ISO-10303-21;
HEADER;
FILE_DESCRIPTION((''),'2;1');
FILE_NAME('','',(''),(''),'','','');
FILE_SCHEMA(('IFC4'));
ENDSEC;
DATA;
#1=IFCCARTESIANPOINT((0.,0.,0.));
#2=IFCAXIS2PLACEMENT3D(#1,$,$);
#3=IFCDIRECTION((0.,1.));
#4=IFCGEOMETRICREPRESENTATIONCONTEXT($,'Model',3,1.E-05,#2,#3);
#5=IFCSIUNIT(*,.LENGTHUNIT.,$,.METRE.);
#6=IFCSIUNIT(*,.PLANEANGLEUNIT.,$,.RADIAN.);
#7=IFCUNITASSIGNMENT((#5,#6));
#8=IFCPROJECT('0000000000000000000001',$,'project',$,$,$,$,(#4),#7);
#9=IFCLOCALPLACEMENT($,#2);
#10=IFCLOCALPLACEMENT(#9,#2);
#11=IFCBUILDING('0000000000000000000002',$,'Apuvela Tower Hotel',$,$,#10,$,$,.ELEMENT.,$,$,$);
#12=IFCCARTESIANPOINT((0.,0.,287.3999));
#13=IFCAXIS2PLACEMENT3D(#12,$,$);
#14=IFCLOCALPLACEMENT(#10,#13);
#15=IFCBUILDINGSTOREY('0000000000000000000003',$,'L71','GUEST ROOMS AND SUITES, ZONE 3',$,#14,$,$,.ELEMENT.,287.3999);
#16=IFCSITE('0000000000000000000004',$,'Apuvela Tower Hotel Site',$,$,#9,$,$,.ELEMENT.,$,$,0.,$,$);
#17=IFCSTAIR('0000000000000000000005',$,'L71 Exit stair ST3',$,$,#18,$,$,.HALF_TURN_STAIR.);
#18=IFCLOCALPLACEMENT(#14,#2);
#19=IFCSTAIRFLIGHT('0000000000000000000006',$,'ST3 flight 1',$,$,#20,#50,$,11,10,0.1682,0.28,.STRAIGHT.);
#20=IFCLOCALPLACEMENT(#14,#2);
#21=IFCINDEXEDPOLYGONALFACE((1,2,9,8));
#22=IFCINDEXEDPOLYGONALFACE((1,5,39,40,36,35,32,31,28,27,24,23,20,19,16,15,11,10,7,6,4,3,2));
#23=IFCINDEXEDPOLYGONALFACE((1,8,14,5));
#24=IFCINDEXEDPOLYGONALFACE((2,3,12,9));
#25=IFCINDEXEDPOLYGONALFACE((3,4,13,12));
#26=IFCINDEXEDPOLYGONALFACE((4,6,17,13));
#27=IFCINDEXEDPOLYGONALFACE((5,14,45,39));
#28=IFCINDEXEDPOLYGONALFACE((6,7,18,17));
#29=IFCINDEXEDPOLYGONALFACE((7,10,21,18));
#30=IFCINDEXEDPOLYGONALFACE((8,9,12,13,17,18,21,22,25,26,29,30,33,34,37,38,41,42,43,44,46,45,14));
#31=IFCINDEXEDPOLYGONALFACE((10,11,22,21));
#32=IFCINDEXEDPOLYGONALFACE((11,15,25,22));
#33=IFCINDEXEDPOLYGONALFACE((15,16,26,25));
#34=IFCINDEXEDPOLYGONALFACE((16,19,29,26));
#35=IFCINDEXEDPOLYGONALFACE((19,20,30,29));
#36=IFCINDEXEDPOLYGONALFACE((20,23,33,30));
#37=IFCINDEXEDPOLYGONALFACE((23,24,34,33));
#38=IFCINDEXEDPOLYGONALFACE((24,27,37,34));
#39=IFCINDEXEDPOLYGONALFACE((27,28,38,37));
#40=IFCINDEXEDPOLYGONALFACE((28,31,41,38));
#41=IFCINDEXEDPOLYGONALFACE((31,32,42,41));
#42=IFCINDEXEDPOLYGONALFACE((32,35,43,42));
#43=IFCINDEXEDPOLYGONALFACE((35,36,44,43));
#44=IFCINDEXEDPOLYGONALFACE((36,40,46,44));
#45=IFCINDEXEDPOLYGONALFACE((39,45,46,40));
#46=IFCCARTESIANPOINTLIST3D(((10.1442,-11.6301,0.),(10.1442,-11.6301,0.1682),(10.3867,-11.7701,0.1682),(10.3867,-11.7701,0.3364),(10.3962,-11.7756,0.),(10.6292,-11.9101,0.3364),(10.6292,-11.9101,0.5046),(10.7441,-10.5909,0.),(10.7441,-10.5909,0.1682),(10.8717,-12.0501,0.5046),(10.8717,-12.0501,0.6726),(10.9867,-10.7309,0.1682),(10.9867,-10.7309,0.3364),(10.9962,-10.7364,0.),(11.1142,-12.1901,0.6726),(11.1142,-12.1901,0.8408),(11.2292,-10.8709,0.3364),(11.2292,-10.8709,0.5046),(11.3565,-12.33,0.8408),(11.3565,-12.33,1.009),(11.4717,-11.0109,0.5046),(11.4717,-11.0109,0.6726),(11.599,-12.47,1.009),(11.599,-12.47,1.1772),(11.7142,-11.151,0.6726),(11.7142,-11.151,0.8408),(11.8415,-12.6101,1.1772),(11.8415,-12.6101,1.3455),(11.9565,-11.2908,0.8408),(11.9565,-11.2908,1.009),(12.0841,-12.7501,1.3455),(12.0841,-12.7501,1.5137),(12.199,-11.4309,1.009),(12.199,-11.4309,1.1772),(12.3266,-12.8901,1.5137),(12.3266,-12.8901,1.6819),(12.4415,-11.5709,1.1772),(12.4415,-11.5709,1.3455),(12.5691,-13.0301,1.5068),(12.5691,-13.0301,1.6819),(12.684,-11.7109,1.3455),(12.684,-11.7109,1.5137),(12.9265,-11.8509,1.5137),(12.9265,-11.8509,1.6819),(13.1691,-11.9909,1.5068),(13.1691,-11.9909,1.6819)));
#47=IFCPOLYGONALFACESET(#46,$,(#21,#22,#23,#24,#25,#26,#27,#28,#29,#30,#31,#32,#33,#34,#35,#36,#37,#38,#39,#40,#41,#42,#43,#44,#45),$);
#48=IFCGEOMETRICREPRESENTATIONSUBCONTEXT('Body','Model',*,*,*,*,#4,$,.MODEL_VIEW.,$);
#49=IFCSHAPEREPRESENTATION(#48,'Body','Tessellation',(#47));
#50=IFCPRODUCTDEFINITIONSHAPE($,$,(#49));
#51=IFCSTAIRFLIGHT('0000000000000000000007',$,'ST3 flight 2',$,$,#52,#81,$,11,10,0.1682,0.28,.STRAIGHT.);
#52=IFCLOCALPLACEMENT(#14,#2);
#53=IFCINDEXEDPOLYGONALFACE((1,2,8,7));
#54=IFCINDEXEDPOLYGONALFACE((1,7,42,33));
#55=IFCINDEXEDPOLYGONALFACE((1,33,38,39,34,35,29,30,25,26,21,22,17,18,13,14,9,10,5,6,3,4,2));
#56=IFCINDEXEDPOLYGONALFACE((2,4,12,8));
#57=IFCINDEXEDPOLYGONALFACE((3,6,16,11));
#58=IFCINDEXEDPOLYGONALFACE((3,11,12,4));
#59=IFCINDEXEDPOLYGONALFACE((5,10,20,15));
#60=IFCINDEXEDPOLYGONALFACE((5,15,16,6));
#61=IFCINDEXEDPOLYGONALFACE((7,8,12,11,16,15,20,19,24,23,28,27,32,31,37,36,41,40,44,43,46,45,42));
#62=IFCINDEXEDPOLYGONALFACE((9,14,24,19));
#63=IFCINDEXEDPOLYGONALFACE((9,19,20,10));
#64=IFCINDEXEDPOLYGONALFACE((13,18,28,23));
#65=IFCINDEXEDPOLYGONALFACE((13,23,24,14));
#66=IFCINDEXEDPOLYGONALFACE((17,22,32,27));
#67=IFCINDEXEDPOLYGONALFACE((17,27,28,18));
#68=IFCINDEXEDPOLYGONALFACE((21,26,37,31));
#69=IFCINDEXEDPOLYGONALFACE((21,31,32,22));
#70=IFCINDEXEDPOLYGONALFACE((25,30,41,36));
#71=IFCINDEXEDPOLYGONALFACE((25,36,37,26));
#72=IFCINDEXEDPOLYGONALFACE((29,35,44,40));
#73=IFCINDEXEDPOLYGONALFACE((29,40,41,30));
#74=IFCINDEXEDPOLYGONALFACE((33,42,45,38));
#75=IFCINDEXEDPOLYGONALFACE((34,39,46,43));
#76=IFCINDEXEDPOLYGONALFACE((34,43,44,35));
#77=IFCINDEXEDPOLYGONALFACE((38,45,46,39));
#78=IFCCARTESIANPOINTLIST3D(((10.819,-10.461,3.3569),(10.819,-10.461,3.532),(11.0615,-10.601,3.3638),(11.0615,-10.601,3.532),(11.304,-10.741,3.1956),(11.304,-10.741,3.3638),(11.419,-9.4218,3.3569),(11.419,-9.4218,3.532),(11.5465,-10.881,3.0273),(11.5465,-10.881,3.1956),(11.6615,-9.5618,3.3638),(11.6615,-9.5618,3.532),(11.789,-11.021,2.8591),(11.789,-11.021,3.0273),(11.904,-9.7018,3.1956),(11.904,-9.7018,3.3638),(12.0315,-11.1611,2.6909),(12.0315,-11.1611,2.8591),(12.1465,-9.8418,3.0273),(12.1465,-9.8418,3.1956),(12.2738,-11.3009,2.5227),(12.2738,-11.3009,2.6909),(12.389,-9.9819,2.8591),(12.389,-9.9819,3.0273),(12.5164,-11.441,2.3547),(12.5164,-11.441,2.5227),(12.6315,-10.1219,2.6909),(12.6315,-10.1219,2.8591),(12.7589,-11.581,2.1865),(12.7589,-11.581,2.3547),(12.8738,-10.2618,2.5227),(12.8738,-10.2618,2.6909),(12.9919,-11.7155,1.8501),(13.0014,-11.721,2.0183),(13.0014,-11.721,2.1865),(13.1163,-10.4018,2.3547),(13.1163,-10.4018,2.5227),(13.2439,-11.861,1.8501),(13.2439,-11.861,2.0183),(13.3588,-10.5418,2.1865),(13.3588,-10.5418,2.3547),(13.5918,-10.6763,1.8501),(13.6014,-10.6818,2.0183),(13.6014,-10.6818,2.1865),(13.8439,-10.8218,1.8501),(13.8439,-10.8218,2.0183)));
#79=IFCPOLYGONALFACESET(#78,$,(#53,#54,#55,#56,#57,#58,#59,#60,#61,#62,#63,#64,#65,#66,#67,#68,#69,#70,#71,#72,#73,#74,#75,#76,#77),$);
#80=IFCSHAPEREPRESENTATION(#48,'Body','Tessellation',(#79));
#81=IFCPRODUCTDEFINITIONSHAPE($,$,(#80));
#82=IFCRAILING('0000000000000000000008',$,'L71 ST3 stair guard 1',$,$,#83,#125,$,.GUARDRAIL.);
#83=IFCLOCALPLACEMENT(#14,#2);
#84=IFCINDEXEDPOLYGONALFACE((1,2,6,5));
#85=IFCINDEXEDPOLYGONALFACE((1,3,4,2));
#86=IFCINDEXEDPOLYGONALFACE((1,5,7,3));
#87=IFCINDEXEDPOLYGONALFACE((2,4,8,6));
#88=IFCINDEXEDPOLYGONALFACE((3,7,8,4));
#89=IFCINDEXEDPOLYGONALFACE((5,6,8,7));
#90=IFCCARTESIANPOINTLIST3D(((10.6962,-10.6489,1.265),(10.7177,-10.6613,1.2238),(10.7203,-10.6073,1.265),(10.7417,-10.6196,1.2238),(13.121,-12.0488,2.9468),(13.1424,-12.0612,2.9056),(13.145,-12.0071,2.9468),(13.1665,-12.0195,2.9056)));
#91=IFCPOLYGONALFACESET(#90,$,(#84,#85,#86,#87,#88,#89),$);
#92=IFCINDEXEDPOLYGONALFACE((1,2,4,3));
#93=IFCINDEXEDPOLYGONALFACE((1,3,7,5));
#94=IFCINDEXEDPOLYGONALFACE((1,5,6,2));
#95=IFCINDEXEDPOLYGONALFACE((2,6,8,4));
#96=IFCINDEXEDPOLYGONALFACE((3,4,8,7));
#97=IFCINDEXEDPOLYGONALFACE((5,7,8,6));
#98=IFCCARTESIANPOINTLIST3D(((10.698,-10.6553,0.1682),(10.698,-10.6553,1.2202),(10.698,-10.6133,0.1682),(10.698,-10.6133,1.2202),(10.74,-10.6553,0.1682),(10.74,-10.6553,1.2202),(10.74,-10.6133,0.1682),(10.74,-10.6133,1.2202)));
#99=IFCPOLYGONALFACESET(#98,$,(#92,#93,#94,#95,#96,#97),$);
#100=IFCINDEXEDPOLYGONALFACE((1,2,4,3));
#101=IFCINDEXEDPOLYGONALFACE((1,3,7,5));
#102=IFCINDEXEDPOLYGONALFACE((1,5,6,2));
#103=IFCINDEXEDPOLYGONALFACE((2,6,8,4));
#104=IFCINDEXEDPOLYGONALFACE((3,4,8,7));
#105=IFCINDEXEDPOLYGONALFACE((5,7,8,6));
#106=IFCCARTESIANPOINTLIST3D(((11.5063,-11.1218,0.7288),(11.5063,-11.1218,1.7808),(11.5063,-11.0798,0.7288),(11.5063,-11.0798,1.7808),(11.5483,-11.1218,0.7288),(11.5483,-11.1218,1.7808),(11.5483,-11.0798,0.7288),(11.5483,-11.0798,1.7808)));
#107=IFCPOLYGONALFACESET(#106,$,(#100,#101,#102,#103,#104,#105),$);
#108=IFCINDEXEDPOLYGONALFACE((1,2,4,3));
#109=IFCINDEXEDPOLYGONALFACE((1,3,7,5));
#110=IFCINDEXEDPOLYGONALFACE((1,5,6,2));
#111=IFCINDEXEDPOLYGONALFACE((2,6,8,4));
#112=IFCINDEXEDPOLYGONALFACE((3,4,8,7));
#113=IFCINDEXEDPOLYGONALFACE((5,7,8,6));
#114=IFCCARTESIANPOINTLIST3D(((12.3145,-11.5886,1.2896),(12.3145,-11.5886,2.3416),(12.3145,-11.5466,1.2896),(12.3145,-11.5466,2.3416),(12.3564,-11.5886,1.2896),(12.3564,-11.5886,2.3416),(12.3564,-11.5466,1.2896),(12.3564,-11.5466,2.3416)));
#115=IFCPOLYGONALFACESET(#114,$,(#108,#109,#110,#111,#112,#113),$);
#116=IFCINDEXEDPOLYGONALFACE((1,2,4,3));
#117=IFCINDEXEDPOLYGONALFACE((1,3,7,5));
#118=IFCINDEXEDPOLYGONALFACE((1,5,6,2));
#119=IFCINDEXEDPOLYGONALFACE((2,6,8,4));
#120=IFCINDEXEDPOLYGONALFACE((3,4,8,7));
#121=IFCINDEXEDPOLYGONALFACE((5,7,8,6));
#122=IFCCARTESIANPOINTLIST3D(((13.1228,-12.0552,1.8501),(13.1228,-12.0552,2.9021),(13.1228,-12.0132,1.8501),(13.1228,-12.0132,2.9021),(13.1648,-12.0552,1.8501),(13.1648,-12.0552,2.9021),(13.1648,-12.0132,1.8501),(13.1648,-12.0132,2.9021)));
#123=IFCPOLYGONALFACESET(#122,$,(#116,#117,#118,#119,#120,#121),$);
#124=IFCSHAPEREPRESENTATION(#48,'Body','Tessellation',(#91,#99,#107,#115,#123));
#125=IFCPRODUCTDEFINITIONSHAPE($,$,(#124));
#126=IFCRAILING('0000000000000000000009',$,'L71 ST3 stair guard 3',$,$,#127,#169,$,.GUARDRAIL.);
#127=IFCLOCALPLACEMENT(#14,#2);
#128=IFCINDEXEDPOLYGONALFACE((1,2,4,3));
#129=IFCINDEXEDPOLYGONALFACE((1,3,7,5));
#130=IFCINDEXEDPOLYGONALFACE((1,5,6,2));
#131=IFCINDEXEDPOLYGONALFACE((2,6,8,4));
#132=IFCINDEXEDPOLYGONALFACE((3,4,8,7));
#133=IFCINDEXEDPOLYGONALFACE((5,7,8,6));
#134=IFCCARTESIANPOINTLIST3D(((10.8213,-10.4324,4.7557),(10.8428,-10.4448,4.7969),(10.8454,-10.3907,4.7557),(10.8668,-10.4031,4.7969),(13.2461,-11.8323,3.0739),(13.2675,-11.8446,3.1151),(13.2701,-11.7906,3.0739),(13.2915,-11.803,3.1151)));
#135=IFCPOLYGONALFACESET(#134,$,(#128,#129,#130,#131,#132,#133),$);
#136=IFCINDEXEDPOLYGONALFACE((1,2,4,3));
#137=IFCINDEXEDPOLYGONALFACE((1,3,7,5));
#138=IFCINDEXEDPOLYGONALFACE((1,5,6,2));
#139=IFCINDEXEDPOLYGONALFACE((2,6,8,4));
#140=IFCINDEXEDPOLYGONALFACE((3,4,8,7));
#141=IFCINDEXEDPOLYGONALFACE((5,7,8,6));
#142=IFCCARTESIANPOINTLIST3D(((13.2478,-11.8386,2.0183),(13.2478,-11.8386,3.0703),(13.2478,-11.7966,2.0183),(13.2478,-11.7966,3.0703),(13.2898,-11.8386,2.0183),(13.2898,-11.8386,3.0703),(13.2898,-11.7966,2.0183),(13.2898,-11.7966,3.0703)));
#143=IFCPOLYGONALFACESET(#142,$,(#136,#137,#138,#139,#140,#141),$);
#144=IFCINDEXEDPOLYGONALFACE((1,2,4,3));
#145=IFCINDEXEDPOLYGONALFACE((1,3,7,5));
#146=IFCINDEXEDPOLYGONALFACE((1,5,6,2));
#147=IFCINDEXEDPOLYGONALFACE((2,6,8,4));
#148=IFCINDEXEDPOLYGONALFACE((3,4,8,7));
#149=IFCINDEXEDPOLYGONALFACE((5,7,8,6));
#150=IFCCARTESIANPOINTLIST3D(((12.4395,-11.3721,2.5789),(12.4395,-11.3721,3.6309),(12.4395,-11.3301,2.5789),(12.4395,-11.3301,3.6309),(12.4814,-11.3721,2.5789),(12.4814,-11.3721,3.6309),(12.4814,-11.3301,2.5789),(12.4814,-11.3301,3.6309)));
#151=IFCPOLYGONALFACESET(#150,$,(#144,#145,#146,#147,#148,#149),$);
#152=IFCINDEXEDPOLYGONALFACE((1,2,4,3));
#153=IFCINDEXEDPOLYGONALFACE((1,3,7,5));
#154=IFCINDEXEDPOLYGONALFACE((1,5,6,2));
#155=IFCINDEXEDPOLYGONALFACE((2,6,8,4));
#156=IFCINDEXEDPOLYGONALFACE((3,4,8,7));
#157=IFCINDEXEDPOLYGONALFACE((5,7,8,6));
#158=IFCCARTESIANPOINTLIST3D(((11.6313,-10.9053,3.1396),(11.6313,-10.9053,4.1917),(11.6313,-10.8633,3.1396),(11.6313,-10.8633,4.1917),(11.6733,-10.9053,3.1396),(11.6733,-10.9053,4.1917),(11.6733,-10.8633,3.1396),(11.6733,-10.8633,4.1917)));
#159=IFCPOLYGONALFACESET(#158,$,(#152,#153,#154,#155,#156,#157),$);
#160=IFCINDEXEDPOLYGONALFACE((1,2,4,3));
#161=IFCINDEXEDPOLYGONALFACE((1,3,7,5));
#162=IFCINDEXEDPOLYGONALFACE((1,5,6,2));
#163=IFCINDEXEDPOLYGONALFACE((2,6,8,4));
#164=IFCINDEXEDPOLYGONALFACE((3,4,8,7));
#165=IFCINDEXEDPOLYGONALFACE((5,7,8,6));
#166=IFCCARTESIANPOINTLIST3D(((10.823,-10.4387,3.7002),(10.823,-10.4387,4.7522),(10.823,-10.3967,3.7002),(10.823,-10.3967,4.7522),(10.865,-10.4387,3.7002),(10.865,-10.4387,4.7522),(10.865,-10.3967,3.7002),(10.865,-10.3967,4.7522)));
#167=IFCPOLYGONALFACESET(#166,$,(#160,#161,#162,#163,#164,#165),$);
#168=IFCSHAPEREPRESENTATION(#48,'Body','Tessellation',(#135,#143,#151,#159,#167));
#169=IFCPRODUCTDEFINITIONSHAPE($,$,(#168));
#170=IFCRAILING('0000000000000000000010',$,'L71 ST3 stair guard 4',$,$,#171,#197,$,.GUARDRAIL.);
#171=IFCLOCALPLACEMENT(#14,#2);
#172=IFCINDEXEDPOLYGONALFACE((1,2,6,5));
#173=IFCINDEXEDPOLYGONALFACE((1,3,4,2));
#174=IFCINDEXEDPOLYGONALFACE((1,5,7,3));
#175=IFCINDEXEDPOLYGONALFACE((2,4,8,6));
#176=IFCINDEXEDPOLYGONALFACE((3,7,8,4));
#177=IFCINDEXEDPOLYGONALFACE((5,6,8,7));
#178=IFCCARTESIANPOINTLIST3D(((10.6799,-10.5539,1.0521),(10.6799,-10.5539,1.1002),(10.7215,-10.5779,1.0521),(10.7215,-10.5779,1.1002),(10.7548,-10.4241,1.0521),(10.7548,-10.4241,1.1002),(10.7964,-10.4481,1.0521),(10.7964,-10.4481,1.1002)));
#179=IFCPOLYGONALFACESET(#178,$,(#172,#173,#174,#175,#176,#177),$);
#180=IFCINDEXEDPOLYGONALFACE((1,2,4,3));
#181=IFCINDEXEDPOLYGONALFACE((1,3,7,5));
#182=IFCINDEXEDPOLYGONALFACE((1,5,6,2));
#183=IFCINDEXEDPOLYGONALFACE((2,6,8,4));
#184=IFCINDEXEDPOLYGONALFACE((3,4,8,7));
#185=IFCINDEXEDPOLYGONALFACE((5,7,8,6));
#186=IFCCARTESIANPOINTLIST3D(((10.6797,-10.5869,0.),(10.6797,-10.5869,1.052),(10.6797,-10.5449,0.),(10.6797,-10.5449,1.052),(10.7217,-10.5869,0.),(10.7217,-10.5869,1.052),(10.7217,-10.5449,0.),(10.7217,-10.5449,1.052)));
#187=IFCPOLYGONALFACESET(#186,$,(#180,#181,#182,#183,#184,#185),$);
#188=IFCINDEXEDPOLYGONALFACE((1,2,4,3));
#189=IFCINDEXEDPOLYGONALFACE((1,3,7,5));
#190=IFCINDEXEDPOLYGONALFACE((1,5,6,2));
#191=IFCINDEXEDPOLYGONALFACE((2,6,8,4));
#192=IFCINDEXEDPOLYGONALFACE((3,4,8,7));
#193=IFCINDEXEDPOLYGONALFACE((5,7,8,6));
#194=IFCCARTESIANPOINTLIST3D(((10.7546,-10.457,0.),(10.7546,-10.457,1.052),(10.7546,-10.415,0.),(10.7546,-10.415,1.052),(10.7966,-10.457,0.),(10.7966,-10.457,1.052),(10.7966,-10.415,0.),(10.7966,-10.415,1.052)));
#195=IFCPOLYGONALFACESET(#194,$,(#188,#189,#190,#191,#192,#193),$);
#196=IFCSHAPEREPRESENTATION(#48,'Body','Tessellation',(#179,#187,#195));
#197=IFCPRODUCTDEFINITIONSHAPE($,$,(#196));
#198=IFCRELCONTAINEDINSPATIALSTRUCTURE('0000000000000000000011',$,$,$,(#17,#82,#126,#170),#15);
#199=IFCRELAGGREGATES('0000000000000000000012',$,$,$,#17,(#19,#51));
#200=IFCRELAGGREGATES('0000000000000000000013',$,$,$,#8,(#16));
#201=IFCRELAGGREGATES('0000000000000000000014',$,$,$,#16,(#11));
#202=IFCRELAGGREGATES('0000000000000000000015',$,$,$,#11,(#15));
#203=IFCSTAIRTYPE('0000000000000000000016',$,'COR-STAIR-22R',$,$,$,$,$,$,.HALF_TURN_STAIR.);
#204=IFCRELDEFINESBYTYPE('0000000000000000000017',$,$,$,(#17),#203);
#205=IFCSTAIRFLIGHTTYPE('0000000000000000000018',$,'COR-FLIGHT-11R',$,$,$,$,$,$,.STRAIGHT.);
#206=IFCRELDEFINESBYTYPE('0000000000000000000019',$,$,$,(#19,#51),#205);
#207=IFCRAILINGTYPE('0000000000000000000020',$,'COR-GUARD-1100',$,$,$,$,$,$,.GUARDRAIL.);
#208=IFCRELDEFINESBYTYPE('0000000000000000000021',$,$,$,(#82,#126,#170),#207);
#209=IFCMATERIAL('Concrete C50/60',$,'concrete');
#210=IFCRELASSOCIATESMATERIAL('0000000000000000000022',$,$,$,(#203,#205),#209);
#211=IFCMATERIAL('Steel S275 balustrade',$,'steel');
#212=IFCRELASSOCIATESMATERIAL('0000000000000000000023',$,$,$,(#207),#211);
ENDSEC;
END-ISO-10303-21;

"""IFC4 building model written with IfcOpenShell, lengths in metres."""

from ifc_helpers import new_model, si_unit, direction, frame, origin, origin_2d, place, context, subcontext, project, spatial, polyline, rectangle, outline, extrude, material, type_object, element, aggregate, save


model = new_model("IFC4")

# Units and contexts
model_context = context("Model", 3, precision=1e-05, world=origin(), true_north=direction((0.0, 1.0)))
body_context = subcontext(model_context, "Body", "Model", "MODEL_VIEW")
ifc_project = project(units=[si_unit("LENGTHUNIT", "METRE"), si_unit("PLANEANGLEUNIT", "RADIAN")], contexts=[model_context])

# Site, building, storey
site_placement = place(None, origin())
site = spatial("IfcSite", under=ifc_project, at=site_placement, Name="Apuvela Tower Hotel Site", CompositionType="ELEMENT", RefElevation=0.0)
building_placement = place(site_placement, origin())
building = spatial("IfcBuilding", under=site, at=building_placement, Name="Apuvela Tower Hotel", CompositionType="ELEMENT")
storey_placement = place(building_placement, frame((0.0, 0.0, 287.3999)))
storey = spatial("IfcBuildingStorey", under=building, at=storey_placement, Name="L71", Description="GUEST ROOMS AND SUITES, ZONE 3", CompositionType="ELEMENT", Elevation=287.3999)

# Shared definitions
ifc_material_1 = material(Name="Concrete C50/60", Category="concrete")

# Stair, stair flights
stair_type = type_object("IfcStairType", Name="COR-STAIR-22R", PredefinedType="HALF_TURN_STAIR", material=ifc_material_1)
stair_placement = place(storey_placement, origin())
stair = element("IfcStair", 1, at=stair_placement, inside=storey, type_object=stair_type, Name="L71 Exit stair ST3", PredefinedType="HALF_TURN_STAIR")
stair_flight_type = type_object("IfcStairFlightType", Name="COR-FLIGHT-11R", PredefinedType="STRAIGHT", material=ifc_material_1)
stair_flight_1_placement = place(storey_placement, frame((10.4441, -11.1106, 0.0), z_axis=(0.0, 0.0, 1.0), x_axis=(0.866025, -0.5, 0.0)))
stair_flight_1 = element("IfcStairFlight", 2, at=stair_flight_1_placement, type_object=stair_flight_type, Name="ST3 flight 1", NumberOfRisers=11, NumberOfTreads=10, PredefinedType="STRAIGHT", RiserHeight=0.1682, TreadLength=0.28, context=body_context, shape_type="SweptSolid", body=[
    extrude(outline(polyline([(0.0, 0.0), (0.0, 0.1682), (0.28, 0.1682), (0.28, 0.3364), (0.5601, 0.3364), (0.5601, 0.5046), (0.8401, 0.5046), (0.8401, 0.6726), (1.1201, 0.6726), (1.1201, 0.8408), (1.3999, 0.8408), (1.3999, 1.009), (1.6799, 1.009), (1.6799, 1.1772), (1.96, 1.1772), (1.96, 1.3455), (2.24, 1.3455), (2.24, 1.5137), (2.52, 1.5137), (2.52, 1.6819), (2.8, 1.6819), (2.8, 1.8501), (2.8, 1.5068), (0.291, 0.0), (0.0, 0.0)])), frame((0.0, 0.6001, 0.0), z_axis=(0.0, -1.0, 0.0), x_axis=(1.0, 0.0, 0.0)), (0.0, 0.0, 1.0), 1.2),
])
stair_flight_2_placement = place(storey_placement, frame((13.5439, -11.3413, 1.8501), z_axis=(0.0, 0.0, 1.0), x_axis=(-0.866025, 0.5, 0.0)))
stair_flight_2 = element("IfcStairFlight", 3, at=stair_flight_2_placement, type_object=stair_flight_type, Name="ST3 flight 2", NumberOfRisers=11, NumberOfTreads=10, PredefinedType="STRAIGHT", RiserHeight=0.1682, TreadLength=0.28, context=body_context, shape_type="SweptSolid", body=[
    extrude(outline(polyline([(0.0, 0.0), (0.0, 0.1682), (0.28, 0.1682), (0.28, 0.3364), (0.5601, 0.3364), (0.5601, 0.5046), (0.8401, 0.5046), (0.8401, 0.6726), (1.1201, 0.6726), (1.1201, 0.8408), (1.3999, 0.8408), (1.3999, 1.009), (1.6799, 1.009), (1.6799, 1.1772), (1.96, 1.1772), (1.96, 1.3455), (2.24, 1.3455), (2.24, 1.5137), (2.52, 1.5137), (2.52, 1.6819), (2.8, 1.6819), (2.8, 1.8501), (2.8, 1.5068), (0.291, 0.0), (0.0, 0.0)])), frame((0.0, 0.6001, 0.0), z_axis=(0.0, -1.0, 0.0), x_axis=(1.0, 0.0, 0.0)), (0.0, 0.0, 1.0), 1.2),
])
aggregate(stair, [stair_flight_1, stair_flight_2])

# Railings
ifc_material_2 = material(Name="Steel S275 balustrade", Category="steel")
railing_type_1 = type_object("IfcRailingType", Name="COR-GUARD-1100", PredefinedType="GUARDRAIL", material=ifc_material_2)
railing_1_placement = place(storey_placement, frame((10.719, -10.6343, 0.1682)))
element("IfcRailing", 4, at=railing_1_placement, inside=storey, type_object=railing_type_1, Name="L71 ST3 stair guard 1", PredefinedType="GUARDRAIL", context=body_context, shape_type="SweptSolid", body=[
    extrude(rectangle(XDim=0.0481, YDim=0.0481, at=origin_2d()), frame((0.0, 0.0, 1.0762), z_axis=(0.74239, -0.428601, 0.514934), x_axis=(0.499984, 0.866035, 0.0)), (0.0, 0.0, 1.0), 3.2661),
    extrude(rectangle(XDim=0.042, YDim=0.042, at=origin_2d()), origin(), (0.0, 0.0, 1.0), 1.052),
    extrude(rectangle(XDim=0.042, YDim=0.042, at=origin_2d()), frame((0.8083, -0.4666, 0.5605)), (0.0, 0.0, 1.0), 1.052),
    extrude(rectangle(XDim=0.042, YDim=0.042, at=origin_2d()), frame((1.6165, -0.9333, 1.1213)), (0.0, 0.0, 1.0), 1.052),
    extrude(rectangle(XDim=0.042, YDim=0.042, at=origin_2d()), frame((2.4248, -1.3999, 1.6819)), (0.0, 0.0, 1.0), 1.052),
])
railing_2_placement = place(storey_placement, frame((13.2688, -11.8176, 2.0183)))
element("IfcRailing", 5, at=railing_2_placement, inside=storey, type_object=railing_type_1, Name="L71 ST3 stair guard 3", PredefinedType="GUARDRAIL", context=body_context, shape_type="SweptSolid", body=[
    extrude(rectangle(XDim=0.0481, YDim=0.0481, at=origin_2d()), frame((0.0, 0.0, 1.0762), z_axis=(-0.74239, 0.428601, 0.514934), x_axis=(-0.499984, -0.866035, 0.0)), (0.0, 0.0, 1.0), 3.2661),
    extrude(rectangle(XDim=0.042, YDim=0.042, at=origin_2d()), origin(), (0.0, 0.0, 1.0), 1.052),
    extrude(rectangle(XDim=0.042, YDim=0.042, at=origin_2d()), frame((-0.8083, 0.4666, 0.5605)), (0.0, 0.0, 1.0), 1.052),
    extrude(rectangle(XDim=0.042, YDim=0.042, at=origin_2d()), frame((-1.6165, 0.9333, 1.1213)), (0.0, 0.0, 1.0), 1.052),
    extrude(rectangle(XDim=0.042, YDim=0.042, at=origin_2d()), frame((-2.4248, 1.3999, 1.6819)), (0.0, 0.0, 1.0), 1.052),
])
railing_3_placement = place(storey_placement, frame((10.7007, -10.5659, 0.0)))
element("IfcRailing", 6, at=railing_3_placement, inside=storey, type_object=railing_type_1, Name="L71 ST3 stair guard 4", PredefinedType="GUARDRAIL", context=body_context, shape_type="SweptSolid", body=[
    extrude(rectangle(XDim=0.0481, YDim=0.0481, at=origin_2d()), frame((0.0, 0.0, 1.0762), z_axis=(0.499816, 0.866131, 0.0), x_axis=(-0.866131, 0.499816, 0.0)), (0.0, 0.0, 1.0), 0.1499),
    extrude(rectangle(XDim=0.042, YDim=0.042, at=origin_2d()), origin(), (0.0, 0.0, 1.0), 1.052),
    extrude(rectangle(XDim=0.042, YDim=0.042, at=origin_2d()), frame((0.075, 0.1299, 0.0)), (0.0, 0.0, 1.0), 1.052),
])

save(model, "model.ifc")
